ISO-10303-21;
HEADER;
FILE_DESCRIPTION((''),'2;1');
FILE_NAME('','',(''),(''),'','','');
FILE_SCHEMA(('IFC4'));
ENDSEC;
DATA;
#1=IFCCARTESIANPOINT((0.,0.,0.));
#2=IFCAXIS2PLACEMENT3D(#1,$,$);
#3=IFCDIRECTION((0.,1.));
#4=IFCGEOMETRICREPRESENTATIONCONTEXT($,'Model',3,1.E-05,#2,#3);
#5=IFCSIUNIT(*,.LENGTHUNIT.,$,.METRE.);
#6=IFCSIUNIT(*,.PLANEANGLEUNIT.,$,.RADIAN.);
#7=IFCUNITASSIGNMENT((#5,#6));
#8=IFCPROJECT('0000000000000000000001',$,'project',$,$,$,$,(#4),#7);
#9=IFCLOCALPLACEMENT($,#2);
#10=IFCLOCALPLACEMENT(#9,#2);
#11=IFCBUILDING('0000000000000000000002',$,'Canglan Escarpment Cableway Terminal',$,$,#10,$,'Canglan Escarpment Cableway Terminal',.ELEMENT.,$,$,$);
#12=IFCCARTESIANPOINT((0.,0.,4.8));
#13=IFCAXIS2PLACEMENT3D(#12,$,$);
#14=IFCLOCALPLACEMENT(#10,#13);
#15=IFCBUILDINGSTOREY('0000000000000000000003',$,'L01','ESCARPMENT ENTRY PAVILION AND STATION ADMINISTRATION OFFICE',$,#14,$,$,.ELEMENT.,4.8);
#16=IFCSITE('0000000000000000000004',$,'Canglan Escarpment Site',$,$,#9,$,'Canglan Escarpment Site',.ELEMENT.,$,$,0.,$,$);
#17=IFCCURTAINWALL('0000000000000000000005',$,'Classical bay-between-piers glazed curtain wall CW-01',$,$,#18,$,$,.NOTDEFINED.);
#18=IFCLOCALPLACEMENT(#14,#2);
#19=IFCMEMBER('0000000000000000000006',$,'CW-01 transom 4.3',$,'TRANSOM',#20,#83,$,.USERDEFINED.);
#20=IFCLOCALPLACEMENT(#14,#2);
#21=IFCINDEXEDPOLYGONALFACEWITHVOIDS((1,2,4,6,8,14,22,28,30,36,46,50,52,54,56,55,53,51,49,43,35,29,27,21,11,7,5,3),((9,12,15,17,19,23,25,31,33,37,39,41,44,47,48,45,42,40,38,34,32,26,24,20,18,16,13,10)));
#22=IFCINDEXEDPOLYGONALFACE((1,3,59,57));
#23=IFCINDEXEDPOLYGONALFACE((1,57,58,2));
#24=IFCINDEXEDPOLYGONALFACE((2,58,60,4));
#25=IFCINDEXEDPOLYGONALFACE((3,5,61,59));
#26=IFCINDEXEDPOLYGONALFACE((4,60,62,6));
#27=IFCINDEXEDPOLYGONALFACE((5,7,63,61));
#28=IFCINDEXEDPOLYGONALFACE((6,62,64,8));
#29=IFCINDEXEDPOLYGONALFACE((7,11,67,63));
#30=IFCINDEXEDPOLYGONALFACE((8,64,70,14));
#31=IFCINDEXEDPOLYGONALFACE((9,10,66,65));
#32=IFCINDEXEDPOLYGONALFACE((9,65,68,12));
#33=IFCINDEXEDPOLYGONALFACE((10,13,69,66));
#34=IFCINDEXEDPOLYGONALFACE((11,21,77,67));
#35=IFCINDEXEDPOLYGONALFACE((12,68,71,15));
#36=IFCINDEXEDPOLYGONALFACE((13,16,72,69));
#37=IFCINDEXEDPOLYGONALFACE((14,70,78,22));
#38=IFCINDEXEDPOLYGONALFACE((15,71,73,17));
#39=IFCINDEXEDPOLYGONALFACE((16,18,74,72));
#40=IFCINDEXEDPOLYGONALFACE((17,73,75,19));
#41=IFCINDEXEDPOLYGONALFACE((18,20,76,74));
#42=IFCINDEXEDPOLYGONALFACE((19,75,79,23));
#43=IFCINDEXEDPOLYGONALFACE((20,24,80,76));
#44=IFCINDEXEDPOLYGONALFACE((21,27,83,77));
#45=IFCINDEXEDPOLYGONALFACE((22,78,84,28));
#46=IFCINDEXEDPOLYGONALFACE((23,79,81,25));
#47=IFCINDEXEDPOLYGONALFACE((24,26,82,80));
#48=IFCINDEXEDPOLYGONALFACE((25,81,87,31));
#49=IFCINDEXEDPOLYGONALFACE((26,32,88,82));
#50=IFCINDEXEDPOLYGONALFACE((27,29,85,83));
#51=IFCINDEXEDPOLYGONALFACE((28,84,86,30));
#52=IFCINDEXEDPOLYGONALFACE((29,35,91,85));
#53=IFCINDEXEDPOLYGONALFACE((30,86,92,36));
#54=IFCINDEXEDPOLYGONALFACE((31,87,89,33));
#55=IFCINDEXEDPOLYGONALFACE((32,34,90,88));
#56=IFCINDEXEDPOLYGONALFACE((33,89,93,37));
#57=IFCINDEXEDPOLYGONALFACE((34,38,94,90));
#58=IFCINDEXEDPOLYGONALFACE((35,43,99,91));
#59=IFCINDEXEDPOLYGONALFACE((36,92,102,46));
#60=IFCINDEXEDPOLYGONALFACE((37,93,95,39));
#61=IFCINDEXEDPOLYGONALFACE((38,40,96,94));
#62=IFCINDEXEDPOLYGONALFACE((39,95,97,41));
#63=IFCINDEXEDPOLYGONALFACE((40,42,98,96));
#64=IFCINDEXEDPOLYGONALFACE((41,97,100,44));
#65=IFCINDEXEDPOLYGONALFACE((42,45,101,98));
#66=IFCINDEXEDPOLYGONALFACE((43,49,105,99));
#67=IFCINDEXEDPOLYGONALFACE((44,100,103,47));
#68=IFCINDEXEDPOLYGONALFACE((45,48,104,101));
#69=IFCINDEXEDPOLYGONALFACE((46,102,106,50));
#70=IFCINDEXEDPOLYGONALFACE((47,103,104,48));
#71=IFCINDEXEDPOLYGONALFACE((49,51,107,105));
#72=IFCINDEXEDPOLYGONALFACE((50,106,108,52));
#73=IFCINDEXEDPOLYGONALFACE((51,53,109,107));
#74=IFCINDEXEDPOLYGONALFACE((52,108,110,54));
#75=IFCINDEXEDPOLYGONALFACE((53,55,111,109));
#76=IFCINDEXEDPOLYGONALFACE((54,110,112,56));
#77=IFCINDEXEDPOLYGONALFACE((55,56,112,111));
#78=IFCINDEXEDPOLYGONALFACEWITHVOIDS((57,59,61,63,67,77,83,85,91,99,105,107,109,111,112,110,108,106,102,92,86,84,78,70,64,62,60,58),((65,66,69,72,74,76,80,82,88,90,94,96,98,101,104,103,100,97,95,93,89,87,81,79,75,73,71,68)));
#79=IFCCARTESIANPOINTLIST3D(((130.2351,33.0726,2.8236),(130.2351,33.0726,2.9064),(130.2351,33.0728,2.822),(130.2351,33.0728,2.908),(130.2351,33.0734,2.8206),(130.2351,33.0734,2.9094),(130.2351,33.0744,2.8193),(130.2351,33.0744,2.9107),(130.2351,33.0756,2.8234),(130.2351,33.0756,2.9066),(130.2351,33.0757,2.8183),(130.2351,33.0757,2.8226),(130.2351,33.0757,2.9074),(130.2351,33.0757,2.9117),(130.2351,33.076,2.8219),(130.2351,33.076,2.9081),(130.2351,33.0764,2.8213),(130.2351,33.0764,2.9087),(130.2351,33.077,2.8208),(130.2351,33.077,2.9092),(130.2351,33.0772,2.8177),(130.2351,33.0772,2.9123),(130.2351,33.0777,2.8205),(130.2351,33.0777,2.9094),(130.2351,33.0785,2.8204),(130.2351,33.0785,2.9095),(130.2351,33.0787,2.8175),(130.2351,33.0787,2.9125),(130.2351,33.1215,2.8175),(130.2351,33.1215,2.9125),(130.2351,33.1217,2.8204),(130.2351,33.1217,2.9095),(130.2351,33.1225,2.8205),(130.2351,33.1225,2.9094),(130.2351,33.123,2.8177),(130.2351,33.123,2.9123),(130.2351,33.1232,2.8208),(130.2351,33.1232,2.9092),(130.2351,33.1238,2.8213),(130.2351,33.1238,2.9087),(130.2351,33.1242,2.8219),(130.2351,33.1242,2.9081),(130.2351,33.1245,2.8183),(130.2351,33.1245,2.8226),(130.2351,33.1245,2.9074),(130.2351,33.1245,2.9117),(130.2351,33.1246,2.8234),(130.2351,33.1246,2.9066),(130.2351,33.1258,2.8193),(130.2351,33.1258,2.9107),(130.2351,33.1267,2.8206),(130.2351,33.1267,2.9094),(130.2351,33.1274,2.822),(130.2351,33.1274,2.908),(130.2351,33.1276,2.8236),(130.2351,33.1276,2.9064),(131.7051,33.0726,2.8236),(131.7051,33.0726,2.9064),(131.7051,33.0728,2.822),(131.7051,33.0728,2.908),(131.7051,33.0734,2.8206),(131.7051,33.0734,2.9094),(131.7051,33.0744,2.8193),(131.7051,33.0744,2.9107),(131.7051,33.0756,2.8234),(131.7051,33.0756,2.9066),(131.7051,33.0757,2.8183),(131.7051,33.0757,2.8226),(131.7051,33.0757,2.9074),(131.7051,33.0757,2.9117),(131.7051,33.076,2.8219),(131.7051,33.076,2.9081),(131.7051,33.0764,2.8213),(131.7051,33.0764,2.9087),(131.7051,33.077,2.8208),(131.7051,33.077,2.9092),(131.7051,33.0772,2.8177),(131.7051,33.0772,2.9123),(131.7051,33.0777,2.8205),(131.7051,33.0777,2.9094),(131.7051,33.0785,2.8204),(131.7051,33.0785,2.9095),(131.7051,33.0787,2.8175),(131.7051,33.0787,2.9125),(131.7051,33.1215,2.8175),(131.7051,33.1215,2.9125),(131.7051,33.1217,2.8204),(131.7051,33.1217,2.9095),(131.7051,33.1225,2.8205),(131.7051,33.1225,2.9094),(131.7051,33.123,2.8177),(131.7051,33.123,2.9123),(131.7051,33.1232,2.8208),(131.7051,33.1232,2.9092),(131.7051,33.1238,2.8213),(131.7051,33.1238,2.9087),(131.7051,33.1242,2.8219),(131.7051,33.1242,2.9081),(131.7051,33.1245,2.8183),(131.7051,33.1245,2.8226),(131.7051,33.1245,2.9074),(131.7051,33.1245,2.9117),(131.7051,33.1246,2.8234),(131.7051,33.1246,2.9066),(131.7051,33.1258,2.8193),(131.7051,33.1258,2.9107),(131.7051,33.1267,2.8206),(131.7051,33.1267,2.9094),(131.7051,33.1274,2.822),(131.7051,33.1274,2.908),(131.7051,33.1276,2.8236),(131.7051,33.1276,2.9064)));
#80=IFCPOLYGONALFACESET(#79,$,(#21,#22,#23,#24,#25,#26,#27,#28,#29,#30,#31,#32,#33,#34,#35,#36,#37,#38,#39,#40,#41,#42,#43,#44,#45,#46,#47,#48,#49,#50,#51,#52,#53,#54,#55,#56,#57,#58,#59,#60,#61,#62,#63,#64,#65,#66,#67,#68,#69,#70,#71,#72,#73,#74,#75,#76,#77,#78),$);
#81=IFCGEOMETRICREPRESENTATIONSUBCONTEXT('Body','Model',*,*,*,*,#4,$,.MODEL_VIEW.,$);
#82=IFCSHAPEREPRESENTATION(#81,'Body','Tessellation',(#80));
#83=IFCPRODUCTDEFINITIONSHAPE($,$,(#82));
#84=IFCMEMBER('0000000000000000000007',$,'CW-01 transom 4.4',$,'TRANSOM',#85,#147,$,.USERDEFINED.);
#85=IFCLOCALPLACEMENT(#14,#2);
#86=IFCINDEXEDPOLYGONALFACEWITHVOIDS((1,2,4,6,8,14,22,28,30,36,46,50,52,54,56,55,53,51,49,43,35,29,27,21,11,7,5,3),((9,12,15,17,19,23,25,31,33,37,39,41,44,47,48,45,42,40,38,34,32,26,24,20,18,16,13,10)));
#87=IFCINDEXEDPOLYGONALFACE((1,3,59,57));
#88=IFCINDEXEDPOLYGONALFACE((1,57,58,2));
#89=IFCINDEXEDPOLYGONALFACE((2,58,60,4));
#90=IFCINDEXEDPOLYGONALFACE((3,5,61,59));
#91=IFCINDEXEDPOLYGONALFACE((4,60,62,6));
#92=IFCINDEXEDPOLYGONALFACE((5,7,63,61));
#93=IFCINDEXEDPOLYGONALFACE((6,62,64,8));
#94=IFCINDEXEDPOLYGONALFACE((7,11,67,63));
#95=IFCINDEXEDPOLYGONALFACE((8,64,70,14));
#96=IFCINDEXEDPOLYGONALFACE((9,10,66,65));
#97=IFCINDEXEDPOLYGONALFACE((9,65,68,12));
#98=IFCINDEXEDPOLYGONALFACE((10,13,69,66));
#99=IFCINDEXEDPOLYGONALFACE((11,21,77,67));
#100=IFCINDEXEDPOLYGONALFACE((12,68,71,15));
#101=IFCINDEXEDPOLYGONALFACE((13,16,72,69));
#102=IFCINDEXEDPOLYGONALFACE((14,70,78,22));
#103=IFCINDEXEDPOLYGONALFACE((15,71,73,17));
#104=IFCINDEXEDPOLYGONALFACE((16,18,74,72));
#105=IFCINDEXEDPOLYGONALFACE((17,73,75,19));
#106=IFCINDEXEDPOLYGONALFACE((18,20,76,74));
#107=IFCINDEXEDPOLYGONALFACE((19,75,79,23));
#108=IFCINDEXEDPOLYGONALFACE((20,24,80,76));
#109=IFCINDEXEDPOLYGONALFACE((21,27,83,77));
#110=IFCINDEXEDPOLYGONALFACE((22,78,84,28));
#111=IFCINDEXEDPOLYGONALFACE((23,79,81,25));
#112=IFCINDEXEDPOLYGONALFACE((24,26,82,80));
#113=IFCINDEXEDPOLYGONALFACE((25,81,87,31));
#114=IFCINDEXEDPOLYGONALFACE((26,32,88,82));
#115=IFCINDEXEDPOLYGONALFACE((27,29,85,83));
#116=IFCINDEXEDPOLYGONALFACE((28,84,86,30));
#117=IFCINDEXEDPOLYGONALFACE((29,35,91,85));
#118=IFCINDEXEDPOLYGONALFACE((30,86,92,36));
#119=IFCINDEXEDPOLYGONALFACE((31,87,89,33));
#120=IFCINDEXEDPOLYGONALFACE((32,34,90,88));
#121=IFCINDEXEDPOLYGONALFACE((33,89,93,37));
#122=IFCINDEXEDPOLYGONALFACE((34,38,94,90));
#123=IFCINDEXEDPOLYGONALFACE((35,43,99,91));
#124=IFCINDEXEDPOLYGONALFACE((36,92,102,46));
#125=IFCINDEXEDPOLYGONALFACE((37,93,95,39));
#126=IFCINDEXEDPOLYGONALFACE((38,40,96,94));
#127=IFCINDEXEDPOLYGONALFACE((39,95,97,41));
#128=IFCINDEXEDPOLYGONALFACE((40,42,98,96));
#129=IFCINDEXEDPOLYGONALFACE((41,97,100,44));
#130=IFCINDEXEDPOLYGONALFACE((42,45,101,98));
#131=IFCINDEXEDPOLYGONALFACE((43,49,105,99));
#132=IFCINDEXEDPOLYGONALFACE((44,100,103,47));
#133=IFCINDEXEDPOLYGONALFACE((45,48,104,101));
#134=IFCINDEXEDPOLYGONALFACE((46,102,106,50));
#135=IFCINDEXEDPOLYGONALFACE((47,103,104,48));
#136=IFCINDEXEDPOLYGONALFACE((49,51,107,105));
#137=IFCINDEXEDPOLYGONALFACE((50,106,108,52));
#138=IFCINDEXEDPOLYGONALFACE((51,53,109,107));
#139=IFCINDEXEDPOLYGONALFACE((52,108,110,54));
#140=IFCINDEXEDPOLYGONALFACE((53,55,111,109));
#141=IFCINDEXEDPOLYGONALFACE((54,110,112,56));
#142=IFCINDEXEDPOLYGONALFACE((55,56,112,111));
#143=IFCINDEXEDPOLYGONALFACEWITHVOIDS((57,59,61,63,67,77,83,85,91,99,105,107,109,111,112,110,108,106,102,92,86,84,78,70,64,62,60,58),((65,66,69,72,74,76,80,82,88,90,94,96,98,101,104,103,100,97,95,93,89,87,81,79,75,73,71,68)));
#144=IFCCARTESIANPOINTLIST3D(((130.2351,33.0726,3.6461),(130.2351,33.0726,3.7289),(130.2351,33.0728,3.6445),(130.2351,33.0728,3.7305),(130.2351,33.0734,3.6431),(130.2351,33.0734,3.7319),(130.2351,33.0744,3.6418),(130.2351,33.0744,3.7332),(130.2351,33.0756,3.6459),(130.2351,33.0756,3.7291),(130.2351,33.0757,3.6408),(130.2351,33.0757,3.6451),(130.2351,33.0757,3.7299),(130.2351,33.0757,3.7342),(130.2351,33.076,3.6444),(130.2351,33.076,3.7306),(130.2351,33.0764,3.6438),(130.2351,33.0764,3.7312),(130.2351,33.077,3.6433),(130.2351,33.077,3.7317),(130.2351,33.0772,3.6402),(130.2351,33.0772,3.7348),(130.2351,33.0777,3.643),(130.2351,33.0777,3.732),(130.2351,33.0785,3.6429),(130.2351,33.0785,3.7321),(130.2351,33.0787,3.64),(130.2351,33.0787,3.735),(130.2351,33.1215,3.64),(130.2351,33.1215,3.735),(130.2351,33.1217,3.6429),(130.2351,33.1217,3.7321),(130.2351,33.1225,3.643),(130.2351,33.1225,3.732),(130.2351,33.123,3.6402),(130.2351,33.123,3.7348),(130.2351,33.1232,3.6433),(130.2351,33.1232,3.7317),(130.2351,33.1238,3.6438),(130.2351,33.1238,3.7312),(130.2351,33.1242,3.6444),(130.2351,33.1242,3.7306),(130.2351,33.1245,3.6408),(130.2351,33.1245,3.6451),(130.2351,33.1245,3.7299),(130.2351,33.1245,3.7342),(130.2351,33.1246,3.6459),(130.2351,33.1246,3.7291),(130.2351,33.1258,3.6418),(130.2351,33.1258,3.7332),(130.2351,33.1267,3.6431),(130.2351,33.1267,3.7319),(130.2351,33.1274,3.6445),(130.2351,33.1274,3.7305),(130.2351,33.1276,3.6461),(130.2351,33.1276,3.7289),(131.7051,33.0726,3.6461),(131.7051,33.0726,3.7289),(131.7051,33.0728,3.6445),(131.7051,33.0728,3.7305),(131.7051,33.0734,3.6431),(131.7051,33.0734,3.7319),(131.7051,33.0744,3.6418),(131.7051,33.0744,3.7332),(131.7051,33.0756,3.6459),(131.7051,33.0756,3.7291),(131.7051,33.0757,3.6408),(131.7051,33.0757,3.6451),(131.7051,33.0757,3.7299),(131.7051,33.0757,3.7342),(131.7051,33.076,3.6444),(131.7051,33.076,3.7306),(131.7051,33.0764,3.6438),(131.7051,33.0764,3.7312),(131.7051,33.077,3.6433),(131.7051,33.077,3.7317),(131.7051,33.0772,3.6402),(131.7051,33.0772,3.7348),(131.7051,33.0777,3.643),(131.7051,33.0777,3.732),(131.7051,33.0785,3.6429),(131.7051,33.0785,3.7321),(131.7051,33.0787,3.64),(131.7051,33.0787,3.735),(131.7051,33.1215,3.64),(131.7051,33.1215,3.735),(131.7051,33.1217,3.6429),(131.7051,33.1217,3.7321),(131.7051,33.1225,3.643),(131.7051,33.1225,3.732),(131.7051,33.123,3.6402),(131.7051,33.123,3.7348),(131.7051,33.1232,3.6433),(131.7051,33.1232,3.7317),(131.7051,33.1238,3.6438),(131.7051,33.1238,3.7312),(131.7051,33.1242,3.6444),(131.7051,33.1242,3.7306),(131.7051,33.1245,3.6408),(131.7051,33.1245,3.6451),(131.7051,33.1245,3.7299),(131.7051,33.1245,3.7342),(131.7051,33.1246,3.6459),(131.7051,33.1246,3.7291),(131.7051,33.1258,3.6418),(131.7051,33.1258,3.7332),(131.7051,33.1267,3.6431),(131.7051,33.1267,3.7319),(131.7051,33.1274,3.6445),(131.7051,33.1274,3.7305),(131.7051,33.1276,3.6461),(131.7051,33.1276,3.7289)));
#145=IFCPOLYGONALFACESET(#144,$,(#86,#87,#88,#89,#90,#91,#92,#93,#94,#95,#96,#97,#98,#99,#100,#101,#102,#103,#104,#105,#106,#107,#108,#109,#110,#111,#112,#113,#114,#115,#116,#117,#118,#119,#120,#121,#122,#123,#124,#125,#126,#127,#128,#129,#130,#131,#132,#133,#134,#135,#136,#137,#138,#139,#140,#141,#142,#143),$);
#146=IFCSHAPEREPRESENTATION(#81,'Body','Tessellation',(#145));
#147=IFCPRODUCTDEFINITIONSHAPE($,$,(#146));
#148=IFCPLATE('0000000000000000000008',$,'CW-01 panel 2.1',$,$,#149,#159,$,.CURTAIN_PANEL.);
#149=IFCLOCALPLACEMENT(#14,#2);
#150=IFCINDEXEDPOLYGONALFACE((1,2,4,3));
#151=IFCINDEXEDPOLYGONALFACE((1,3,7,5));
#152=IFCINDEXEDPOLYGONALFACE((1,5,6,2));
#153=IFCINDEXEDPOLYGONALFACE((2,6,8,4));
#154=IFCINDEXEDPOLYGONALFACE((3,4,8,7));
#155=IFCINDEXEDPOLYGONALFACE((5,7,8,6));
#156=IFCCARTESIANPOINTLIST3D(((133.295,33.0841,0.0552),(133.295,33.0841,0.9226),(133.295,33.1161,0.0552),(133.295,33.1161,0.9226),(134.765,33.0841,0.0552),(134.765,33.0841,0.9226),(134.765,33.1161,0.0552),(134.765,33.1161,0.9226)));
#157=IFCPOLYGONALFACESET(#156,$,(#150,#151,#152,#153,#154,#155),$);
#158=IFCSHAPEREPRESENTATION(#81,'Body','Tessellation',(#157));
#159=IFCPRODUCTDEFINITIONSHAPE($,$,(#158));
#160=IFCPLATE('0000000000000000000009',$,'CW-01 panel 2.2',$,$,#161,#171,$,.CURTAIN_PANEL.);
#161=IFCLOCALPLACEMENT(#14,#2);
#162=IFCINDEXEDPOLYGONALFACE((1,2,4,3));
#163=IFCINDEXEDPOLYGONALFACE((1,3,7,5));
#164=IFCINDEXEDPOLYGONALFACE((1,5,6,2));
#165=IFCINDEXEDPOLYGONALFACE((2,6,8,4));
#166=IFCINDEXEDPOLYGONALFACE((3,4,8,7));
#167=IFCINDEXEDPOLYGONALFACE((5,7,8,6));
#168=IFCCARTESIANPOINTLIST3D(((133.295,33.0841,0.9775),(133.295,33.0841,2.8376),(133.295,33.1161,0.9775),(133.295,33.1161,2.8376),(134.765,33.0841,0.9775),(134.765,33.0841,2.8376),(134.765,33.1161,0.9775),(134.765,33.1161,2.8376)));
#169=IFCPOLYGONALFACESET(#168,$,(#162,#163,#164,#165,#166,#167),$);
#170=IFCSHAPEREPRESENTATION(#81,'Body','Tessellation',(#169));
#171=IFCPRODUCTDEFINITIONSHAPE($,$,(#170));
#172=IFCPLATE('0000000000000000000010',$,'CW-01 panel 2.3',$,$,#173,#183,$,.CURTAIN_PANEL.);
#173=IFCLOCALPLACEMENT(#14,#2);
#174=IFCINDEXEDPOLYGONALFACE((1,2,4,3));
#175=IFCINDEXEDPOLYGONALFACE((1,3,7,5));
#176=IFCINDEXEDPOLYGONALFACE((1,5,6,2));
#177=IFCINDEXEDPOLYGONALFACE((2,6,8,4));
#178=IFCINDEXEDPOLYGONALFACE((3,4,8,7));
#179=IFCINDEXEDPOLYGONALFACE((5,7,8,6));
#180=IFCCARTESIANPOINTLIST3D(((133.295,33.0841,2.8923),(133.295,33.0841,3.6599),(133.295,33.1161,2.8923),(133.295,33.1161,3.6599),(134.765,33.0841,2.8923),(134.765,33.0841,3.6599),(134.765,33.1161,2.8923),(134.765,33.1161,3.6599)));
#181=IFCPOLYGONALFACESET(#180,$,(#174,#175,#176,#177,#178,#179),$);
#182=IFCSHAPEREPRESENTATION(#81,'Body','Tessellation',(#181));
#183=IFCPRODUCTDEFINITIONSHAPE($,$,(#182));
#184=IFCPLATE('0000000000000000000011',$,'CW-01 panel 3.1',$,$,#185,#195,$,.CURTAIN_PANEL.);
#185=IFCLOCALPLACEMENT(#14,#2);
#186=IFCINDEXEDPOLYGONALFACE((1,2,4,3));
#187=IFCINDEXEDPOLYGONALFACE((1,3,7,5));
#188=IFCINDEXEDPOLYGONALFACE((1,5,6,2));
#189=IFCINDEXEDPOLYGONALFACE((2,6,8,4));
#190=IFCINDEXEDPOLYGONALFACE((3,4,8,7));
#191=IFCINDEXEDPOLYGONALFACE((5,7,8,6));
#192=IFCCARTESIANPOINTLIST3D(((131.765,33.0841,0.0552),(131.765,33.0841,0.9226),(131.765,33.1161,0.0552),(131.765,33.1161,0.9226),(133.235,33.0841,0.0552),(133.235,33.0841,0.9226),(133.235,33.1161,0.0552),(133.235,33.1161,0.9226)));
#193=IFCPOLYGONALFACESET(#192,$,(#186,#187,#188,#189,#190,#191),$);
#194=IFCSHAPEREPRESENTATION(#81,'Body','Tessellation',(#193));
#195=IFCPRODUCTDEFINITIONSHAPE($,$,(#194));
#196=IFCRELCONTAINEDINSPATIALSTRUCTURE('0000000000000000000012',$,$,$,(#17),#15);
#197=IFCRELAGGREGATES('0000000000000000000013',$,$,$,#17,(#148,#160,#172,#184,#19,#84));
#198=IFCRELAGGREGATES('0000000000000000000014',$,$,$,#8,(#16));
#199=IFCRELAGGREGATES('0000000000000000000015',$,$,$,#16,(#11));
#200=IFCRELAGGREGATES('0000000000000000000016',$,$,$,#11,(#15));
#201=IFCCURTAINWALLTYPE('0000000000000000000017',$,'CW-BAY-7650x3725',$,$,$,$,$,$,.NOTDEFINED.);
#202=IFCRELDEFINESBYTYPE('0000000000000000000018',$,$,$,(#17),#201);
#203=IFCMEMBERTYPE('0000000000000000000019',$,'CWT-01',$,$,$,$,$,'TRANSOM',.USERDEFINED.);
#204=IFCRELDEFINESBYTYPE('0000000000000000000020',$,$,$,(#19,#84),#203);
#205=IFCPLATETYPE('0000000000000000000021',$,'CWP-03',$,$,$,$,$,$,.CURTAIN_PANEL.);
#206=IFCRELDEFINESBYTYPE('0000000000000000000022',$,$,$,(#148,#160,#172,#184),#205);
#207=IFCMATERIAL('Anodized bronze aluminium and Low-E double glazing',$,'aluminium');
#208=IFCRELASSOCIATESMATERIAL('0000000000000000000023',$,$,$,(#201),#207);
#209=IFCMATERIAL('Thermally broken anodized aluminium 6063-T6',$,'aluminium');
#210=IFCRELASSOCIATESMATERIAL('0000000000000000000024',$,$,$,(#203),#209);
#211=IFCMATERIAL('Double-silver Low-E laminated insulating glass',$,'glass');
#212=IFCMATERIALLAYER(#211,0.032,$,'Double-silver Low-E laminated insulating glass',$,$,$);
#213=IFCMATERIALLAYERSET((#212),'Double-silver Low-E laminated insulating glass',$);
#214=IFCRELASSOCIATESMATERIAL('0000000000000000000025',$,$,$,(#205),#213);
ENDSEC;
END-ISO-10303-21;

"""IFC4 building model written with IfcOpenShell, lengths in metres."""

from ifc_helpers import new_model, si_unit, direction, frame, origin, origin_2d, place, context, subcontext, project, spatial, rectangle, hollow_rectangle, extrude, material, layer, layer_set, material_profile, profile_set, type_object, element, aggregate, save


model = new_model("IFC4")

# Units and contexts
model_context = context("Model", 3, precision=1e-05, world=origin(), true_north=direction((0.0, 1.0)))
body_context = subcontext(model_context, "Body", "Model", "MODEL_VIEW")
ifc_project = project(units=[si_unit("LENGTHUNIT", "METRE"), si_unit("PLANEANGLEUNIT", "RADIAN")], contexts=[model_context])

# Site, building, storey
site_placement = place(None, origin())
site = spatial("IfcSite", under=ifc_project, at=site_placement, Name="Canglan Escarpment Site", LongName="Canglan Escarpment Site", CompositionType="ELEMENT", RefElevation=0.0)
building_placement = place(site_placement, origin())
building = spatial("IfcBuilding", under=site, at=building_placement, Name="Canglan Escarpment Cableway Terminal", LongName="Canglan Escarpment Cableway Terminal", CompositionType="ELEMENT")
storey_placement = place(building_placement, frame((0.0, 0.0, 4.8)))
storey = spatial("IfcBuildingStorey", under=building, at=storey_placement, Name="L01", Description="ESCARPMENT ENTRY PAVILION AND STATION ADMINISTRATION OFFICE", CompositionType="ELEMENT", Elevation=4.8)

# Curtain wall, members, plates
ifc_material_1 = material(Name="Anodized bronze aluminium and Low-E double glazing", Category="aluminium")
curtain_wall_type = type_object("IfcCurtainWallType", Name="CW-BAY-7650x3725", PredefinedType="NOTDEFINED", material=ifc_material_1)
curtain_wall_placement = place(storey_placement, origin())
curtain_wall = element("IfcCurtainWall", 1, at=curtain_wall_placement, inside=storey, type_object=curtain_wall_type, Name="Classical bay-between-piers glazed curtain wall CW-01", PredefinedType="NOTDEFINED")
ifc_material_2 = material(Name="Thermally broken anodized aluminium 6063-T6", Category="aluminium")
ifc_material_profile_1 = material_profile(ifc_material_2, hollow_rectangle(XDim=0.0549, YDim=0.095, WallThickness=0.0029, InnerFilletRadius=0.0029, OuterFilletRadius=0.0061, at=origin_2d()), Name="ALU-TRAN 55x95x3")
ifc_profile_set_1 = profile_set([ifc_material_profile_1], Name="Thermally broken anodized aluminium 6063-T6")
member_type_1 = type_object("IfcMemberType", Name="CWT-01", ElementType="TRANSOM", PredefinedType="USERDEFINED", material=ifc_profile_set_1)
member_1_placement = place(storey_placement, frame((131.7051, 33.1001, 2.865), z_axis=(-1.0, 0.0, 0.0), x_axis=(0.0, -1.0, 0.0)))
member_1 = element("IfcMember", 2, at=member_1_placement, type_object=member_type_1, Name="CW-01 transom 4.3", ObjectType="TRANSOM", PredefinedType="USERDEFINED", context=body_context, shape_type="SweptSolid", body=[
    extrude(hollow_rectangle(XDim=0.0549, YDim=0.095, WallThickness=0.0029, InnerFilletRadius=0.0029, OuterFilletRadius=0.0061, at=origin_2d()), origin(), (0.0, 0.0, 1.0), 1.47),
])
member_2_placement = place(storey_placement, frame((131.7051, 33.1001, 3.6875), z_axis=(-1.0, 0.0, 0.0), x_axis=(0.0, -1.0, 0.0)))
member_2 = element("IfcMember", 3, at=member_2_placement, type_object=member_type_1, Name="CW-01 transom 4.4", ObjectType="TRANSOM", PredefinedType="USERDEFINED", context=body_context, shape_type="SweptSolid", body=[
    extrude(hollow_rectangle(XDim=0.0549, YDim=0.095, WallThickness=0.0029, InnerFilletRadius=0.0029, OuterFilletRadius=0.0061, at=origin_2d()), origin(), (0.0, 0.0, 1.0), 1.47),
])
ifc_material_3 = material(Name="Double-silver Low-E laminated insulating glass", Category="glass")
ifc_layer_1 = layer(ifc_material_3, 0.032, Name="Double-silver Low-E laminated insulating glass")
ifc_layer_set_1 = layer_set([ifc_layer_1], Name="Double-silver Low-E laminated insulating glass")
plate_type = type_object("IfcPlateType", Name="CWP-03", PredefinedType="CURTAIN_PANEL", material=ifc_layer_set_1)
plate_1_placement = place(storey_placement, frame((134.03, 33.1001, 0.0552), z_axis=(0.0, 0.0, 1.0), x_axis=(-1.0, 0.0, 0.0)))
plate_1 = element("IfcPlate", 4, at=plate_1_placement, type_object=plate_type, Name="CW-01 panel 2.1", PredefinedType="CURTAIN_PANEL", context=body_context, shape_type="SweptSolid", body=[
    extrude(rectangle(XDim=1.47, YDim=0.032, at=origin_2d()), origin(), (0.0, 0.0, 1.0), 0.8674),
])
plate_2_placement = place(storey_placement, frame((134.03, 33.1001, 0.9775), z_axis=(0.0, 0.0, 1.0), x_axis=(-1.0, 0.0, 0.0)))
plate_2 = element("IfcPlate", 5, at=plate_2_placement, type_object=plate_type, Name="CW-01 panel 2.2", PredefinedType="CURTAIN_PANEL", context=body_context, shape_type="SweptSolid", body=[
    extrude(rectangle(XDim=1.47, YDim=0.032, at=origin_2d()), origin(), (0.0, 0.0, 1.0), 1.8601),
])
plate_3_placement = place(storey_placement, frame((134.03, 33.1001, 2.8923), z_axis=(0.0, 0.0, 1.0), x_axis=(-1.0, 0.0, 0.0)))
plate_3 = element("IfcPlate", 6, at=plate_3_placement, type_object=plate_type, Name="CW-01 panel 2.3", PredefinedType="CURTAIN_PANEL", context=body_context, shape_type="SweptSolid", body=[
    extrude(rectangle(XDim=1.47, YDim=0.032, at=origin_2d()), origin(), (0.0, 0.0, 1.0), 0.7676),
])
plate_4_placement = place(storey_placement, frame((132.5, 33.1001, 0.0552), z_axis=(0.0, 0.0, 1.0), x_axis=(-1.0, 0.0, 0.0)))
plate_4 = element("IfcPlate", 7, at=plate_4_placement, type_object=plate_type, Name="CW-01 panel 3.1", PredefinedType="CURTAIN_PANEL", context=body_context, shape_type="SweptSolid", body=[
    extrude(rectangle(XDim=1.47, YDim=0.032, at=origin_2d()), origin(), (0.0, 0.0, 1.0), 0.8674),
])
aggregate(curtain_wall, [plate_1, plate_2, plate_3, plate_4, member_1, member_2])

save(model, "model.ifc")
